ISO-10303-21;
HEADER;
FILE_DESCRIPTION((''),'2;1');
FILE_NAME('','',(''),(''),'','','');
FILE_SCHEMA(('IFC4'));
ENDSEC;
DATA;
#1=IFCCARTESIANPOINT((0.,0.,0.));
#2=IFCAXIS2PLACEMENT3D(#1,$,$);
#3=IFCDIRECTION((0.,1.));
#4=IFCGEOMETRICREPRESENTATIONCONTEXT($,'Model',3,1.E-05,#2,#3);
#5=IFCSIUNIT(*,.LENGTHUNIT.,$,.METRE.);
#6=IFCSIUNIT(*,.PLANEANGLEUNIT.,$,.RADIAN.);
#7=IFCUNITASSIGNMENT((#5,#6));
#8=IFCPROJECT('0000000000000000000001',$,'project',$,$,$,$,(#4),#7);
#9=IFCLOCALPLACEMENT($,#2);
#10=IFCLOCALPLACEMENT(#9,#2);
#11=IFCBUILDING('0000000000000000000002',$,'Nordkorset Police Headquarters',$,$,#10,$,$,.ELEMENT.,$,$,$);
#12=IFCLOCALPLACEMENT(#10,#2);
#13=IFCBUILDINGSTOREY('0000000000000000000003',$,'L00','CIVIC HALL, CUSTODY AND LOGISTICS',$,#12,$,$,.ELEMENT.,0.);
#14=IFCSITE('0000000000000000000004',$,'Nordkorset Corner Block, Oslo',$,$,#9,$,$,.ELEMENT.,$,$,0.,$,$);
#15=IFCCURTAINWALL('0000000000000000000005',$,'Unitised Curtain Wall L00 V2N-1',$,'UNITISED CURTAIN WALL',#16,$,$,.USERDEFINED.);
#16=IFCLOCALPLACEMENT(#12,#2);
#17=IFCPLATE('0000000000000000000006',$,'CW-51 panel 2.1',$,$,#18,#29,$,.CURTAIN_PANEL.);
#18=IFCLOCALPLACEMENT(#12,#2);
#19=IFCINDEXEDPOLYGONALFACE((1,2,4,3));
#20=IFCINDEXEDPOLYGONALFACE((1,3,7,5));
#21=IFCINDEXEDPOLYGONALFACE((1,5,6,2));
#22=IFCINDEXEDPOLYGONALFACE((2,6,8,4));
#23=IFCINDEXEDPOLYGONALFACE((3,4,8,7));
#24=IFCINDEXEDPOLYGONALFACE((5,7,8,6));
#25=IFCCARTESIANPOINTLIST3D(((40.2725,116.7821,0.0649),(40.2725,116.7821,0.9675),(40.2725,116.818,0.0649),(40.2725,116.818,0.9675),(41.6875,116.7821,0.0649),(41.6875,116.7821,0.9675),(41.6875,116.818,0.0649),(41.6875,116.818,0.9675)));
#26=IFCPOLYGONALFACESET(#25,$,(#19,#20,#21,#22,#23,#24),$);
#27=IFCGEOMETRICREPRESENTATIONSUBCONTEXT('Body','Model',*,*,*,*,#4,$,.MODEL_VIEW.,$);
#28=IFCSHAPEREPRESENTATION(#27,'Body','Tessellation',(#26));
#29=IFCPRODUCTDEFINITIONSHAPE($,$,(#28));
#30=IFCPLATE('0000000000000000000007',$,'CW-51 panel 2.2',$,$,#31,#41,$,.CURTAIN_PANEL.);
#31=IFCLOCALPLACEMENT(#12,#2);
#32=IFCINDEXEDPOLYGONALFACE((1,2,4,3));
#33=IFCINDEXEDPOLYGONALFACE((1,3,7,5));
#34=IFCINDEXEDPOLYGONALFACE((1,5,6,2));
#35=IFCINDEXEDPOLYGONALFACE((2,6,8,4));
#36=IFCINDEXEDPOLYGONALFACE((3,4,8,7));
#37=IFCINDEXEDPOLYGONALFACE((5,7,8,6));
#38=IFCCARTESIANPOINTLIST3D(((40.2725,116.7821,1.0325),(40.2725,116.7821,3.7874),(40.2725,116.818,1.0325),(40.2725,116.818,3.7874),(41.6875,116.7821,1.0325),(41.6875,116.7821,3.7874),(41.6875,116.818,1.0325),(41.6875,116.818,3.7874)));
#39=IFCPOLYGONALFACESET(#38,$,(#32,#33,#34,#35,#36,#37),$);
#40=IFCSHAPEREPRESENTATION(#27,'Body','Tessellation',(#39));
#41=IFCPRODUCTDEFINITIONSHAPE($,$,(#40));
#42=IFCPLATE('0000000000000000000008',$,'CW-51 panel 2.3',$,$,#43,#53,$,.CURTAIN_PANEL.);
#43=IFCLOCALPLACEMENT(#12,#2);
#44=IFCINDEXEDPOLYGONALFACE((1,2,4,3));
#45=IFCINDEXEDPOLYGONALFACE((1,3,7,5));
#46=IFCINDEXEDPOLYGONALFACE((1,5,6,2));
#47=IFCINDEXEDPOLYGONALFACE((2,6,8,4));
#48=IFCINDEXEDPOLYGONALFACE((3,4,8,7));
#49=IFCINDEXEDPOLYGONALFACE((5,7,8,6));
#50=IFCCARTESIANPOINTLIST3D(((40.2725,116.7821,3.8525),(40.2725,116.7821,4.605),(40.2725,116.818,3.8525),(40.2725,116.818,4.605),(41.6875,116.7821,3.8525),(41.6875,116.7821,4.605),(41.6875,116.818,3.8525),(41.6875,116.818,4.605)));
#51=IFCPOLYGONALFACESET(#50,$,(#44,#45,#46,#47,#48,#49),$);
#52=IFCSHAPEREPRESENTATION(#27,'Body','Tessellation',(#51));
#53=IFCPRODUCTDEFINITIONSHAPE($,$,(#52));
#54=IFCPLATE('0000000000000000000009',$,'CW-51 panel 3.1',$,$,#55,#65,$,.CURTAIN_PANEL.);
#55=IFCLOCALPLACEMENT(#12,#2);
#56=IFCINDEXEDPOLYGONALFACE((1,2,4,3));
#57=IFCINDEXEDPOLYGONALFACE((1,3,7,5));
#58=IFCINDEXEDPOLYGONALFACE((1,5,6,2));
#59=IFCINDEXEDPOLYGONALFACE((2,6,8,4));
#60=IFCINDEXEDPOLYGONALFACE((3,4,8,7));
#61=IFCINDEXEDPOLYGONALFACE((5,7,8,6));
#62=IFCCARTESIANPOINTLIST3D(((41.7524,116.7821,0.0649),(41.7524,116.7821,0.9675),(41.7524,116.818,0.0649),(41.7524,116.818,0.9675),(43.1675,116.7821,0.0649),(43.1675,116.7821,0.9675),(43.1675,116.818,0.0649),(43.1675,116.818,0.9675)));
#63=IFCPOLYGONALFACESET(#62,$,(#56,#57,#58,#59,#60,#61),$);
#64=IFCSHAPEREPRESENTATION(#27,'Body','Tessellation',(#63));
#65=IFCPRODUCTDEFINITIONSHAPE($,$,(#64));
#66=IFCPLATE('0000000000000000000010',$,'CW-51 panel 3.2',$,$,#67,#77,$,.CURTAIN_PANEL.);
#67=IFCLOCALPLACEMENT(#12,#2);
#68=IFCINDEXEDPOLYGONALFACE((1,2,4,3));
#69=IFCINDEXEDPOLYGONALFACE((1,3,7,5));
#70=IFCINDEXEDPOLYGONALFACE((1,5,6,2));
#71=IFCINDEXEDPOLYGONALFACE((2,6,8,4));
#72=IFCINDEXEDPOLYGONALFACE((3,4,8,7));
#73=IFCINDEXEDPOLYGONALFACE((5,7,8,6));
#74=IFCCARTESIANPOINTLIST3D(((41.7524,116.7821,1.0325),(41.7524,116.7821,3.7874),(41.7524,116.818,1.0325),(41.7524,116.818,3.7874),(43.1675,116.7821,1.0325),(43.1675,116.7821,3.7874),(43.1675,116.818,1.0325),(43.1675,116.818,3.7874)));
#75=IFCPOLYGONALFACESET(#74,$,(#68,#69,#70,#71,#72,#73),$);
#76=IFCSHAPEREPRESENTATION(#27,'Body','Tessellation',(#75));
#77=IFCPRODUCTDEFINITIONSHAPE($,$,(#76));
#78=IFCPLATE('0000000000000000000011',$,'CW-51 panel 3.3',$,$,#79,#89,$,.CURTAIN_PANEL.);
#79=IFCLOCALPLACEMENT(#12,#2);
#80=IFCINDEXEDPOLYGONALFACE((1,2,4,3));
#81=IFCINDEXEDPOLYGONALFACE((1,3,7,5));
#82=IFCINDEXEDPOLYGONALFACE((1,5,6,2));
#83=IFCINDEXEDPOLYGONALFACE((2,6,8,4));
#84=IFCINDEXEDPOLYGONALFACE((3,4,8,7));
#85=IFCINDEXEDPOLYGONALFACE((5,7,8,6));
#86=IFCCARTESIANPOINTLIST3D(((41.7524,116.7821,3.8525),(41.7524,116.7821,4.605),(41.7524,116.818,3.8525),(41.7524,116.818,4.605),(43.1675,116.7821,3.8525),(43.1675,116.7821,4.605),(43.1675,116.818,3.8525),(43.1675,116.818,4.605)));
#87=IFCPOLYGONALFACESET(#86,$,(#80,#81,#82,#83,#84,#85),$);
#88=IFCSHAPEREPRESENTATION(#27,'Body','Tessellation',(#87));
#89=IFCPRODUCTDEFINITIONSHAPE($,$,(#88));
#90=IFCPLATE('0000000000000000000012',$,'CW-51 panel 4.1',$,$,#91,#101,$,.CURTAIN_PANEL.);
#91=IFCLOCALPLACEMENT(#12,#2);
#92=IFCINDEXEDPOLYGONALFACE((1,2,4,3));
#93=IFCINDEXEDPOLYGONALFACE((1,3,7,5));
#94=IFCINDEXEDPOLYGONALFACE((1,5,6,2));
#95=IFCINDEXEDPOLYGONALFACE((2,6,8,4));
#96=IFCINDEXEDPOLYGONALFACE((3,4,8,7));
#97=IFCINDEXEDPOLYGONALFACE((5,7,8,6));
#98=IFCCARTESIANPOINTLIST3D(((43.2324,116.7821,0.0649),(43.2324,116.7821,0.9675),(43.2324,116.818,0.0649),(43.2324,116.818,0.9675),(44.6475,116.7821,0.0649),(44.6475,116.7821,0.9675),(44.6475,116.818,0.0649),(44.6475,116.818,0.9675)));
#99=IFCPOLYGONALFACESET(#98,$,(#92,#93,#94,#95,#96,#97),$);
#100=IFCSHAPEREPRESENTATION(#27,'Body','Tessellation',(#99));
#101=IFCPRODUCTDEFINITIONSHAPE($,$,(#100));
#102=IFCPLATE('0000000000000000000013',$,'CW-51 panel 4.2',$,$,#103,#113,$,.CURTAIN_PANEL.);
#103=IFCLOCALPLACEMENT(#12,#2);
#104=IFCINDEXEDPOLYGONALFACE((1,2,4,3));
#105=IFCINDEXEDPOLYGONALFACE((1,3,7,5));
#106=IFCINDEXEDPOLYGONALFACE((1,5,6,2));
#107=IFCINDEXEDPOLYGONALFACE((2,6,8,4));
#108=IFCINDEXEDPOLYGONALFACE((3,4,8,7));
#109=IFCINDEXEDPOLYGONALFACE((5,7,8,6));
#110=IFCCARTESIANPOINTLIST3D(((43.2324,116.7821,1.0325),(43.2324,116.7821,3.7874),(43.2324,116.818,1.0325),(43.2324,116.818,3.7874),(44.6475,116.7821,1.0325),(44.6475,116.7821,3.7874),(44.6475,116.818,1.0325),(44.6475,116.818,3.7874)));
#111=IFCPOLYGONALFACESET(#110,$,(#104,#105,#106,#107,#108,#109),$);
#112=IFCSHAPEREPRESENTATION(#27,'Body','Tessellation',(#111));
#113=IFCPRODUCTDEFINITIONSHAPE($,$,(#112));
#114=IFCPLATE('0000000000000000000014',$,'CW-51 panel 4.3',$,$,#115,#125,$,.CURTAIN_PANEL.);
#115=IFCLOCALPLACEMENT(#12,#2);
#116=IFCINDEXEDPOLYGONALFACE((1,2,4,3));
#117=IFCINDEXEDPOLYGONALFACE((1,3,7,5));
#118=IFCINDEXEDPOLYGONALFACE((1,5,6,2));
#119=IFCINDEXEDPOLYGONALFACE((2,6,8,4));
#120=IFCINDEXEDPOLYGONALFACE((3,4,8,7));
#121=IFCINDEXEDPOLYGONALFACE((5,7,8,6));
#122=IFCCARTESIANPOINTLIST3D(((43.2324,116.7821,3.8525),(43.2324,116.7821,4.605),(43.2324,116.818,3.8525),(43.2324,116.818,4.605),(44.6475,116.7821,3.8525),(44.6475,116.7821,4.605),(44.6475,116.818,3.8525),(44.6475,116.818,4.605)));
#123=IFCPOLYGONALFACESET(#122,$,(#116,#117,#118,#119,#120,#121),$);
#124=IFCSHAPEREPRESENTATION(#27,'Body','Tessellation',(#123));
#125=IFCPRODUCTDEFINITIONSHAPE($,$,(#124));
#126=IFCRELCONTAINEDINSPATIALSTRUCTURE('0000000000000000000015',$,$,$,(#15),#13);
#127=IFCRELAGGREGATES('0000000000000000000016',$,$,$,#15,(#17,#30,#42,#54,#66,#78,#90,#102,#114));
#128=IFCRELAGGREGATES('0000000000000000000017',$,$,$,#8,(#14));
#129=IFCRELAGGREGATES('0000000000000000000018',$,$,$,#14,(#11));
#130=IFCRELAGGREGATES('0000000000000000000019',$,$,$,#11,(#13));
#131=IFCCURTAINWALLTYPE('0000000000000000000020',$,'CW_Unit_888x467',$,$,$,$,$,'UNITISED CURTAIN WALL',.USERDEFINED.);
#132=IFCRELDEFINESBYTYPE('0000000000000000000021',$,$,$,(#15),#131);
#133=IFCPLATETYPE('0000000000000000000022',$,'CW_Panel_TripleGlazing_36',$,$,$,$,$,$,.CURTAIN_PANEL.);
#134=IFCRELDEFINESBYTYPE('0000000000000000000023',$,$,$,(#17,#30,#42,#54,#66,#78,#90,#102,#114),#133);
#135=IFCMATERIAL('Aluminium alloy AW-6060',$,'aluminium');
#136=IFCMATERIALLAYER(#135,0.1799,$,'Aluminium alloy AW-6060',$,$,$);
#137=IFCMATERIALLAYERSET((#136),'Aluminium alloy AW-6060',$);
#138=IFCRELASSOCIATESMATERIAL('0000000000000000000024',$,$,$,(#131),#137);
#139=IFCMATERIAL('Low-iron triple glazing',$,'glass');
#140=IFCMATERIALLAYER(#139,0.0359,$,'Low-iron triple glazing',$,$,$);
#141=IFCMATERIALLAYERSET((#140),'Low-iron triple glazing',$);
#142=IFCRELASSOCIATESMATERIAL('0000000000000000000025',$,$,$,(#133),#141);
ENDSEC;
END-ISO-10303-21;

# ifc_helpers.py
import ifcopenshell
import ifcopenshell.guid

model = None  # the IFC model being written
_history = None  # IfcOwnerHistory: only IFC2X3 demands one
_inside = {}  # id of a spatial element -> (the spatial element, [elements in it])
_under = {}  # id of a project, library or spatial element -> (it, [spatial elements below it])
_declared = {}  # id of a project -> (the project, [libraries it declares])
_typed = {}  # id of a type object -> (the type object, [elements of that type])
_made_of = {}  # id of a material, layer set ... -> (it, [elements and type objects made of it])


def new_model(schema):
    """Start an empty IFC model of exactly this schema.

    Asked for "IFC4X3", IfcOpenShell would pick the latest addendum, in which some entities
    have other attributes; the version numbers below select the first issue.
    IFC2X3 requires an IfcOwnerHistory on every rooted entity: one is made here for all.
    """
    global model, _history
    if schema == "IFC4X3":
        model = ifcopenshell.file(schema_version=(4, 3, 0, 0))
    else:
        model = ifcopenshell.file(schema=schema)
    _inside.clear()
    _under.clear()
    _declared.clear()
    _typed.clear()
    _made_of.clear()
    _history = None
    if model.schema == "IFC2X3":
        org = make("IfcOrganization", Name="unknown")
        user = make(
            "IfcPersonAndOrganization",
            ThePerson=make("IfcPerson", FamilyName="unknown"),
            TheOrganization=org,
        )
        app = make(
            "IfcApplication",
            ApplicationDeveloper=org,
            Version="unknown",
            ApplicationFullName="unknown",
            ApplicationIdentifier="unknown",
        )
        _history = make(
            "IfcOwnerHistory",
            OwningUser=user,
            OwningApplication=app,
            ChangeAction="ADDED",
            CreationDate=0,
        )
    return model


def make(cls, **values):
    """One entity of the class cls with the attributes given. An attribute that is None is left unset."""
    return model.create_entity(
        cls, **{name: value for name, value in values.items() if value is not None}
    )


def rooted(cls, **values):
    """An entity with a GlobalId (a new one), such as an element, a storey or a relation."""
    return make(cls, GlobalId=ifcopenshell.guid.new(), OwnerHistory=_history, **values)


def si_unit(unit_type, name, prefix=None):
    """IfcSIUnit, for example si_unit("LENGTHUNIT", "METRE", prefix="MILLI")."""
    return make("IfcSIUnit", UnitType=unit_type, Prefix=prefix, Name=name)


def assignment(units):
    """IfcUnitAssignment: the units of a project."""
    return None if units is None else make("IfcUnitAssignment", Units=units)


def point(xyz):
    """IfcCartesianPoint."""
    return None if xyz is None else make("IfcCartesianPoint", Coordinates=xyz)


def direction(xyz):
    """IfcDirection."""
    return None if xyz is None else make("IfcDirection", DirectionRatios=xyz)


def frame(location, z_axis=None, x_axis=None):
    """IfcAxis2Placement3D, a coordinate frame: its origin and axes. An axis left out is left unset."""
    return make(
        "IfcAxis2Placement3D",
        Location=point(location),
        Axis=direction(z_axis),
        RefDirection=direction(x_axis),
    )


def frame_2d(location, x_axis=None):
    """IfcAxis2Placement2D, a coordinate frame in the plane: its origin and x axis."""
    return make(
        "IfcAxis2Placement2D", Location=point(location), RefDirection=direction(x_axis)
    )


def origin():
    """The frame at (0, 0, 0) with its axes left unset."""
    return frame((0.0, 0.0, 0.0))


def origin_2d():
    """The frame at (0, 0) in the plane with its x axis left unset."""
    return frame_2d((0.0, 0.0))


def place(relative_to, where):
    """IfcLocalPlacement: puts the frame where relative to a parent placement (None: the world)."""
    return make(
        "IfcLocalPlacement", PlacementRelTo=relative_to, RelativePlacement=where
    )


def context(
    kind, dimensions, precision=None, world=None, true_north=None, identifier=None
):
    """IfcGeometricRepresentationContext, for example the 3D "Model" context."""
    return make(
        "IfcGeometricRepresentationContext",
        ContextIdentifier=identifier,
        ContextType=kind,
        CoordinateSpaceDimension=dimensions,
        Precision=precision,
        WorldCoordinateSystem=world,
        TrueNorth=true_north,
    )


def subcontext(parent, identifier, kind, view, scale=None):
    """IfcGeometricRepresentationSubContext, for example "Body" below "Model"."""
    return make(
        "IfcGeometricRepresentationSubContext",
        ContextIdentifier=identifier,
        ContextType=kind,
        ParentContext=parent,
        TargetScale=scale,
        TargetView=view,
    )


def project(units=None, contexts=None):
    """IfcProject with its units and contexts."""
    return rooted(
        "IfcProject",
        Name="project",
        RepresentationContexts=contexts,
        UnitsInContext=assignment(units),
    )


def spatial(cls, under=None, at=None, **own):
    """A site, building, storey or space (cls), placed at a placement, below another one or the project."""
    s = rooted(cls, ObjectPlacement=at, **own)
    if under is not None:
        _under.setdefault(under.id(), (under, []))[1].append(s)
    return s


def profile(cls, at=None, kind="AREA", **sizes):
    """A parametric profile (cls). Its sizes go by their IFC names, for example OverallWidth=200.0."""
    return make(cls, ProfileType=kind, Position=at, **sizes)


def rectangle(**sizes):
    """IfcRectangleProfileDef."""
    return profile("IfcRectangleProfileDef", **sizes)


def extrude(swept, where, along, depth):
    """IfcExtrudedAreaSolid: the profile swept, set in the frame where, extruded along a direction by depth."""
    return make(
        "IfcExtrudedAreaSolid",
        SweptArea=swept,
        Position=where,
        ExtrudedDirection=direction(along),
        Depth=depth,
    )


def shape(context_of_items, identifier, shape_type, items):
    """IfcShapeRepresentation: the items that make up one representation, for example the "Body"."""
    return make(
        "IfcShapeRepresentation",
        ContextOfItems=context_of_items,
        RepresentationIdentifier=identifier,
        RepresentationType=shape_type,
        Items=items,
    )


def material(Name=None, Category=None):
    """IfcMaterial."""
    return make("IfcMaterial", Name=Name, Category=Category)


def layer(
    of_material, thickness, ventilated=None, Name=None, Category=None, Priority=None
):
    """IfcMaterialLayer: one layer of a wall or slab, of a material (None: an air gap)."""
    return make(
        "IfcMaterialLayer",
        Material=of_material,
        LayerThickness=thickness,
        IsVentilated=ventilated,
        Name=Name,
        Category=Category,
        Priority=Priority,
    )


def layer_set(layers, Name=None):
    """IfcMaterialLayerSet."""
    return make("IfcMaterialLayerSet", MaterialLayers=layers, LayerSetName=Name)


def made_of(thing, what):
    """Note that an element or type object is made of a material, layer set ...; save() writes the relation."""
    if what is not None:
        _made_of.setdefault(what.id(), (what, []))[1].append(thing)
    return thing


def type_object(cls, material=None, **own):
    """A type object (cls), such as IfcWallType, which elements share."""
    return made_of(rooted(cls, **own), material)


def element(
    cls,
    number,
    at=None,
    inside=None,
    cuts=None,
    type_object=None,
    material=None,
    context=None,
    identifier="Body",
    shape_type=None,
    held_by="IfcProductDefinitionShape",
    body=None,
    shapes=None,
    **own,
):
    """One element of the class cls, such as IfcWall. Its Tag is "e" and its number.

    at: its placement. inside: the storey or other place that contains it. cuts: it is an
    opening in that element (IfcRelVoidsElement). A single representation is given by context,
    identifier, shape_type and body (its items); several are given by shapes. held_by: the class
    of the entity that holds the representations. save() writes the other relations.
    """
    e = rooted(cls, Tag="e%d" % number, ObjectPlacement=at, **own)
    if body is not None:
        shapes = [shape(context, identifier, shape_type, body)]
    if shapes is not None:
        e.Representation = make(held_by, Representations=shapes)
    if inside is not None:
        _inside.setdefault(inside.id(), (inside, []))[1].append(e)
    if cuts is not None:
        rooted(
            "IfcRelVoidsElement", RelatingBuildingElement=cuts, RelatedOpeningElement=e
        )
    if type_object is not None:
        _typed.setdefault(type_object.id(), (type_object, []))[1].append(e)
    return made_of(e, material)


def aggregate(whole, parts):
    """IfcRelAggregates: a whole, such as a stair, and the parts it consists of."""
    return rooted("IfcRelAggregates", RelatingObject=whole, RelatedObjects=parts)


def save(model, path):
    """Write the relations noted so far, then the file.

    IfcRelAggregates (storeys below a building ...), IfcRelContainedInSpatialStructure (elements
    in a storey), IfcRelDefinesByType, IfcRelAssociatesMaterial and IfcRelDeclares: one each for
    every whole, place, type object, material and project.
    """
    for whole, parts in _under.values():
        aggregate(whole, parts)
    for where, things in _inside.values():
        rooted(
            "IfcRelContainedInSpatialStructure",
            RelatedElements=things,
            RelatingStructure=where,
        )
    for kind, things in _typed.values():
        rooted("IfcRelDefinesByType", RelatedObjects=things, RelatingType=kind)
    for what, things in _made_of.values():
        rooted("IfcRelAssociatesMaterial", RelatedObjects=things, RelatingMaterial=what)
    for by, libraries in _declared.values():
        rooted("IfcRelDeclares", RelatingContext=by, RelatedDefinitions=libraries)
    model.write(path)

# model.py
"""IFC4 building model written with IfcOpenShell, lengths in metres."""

from ifc_helpers import new_model, si_unit, direction, frame, origin, origin_2d, place, context, subcontext, project, spatial, rectangle, extrude, material, layer, layer_set, type_object, element, aggregate, save


model = new_model("IFC4")

# Units and contexts
model_context = context("Model", 3, precision=1e-05, world=origin(), true_north=direction((0.0, 1.0)))
body_context = subcontext(model_context, "Body", "Model", "MODEL_VIEW")
ifc_project = project(units=[si_unit("LENGTHUNIT", "METRE"), si_unit("PLANEANGLEUNIT", "RADIAN")], contexts=[model_context])

# Site, building, storey
site_placement = place(None, origin())
site = spatial("IfcSite", under=ifc_project, at=site_placement, Name="Nordkorset Corner Block, Oslo", CompositionType="ELEMENT", RefElevation=0.0)
building_placement = place(site_placement, origin())
building = spatial("IfcBuilding", under=site, at=building_placement, Name="Nordkorset Police Headquarters", CompositionType="ELEMENT")
storey_placement = place(building_placement, origin())
storey = spatial("IfcBuildingStorey", under=building, at=storey_placement, Name="L00", Description="CIVIC HALL, CUSTODY AND LOGISTICS", CompositionType="ELEMENT", Elevation=0.0)

# Curtain wall, plates
ifc_material_1 = material(Name="Aluminium alloy AW-6060", Category="aluminium")
ifc_layer_1 = layer(ifc_material_1, 0.1799, Name="Aluminium alloy AW-6060")
ifc_layer_set_1 = layer_set([ifc_layer_1], Name="Aluminium alloy AW-6060")
curtain_wall_type = type_object("IfcCurtainWallType", Name="CW_Unit_888x467", ElementType="UNITISED CURTAIN WALL", PredefinedType="USERDEFINED", material=ifc_layer_set_1)
curtain_wall_placement = place(storey_placement, origin())
curtain_wall = element("IfcCurtainWall", 1, at=curtain_wall_placement, inside=storey, type_object=curtain_wall_type, Name="Unitised Curtain Wall L00 V2N-1", ObjectType="UNITISED CURTAIN WALL", PredefinedType="USERDEFINED")
ifc_material_2 = material(Name="Low-iron triple glazing", Category="glass")
ifc_layer_2 = layer(ifc_material_2, 0.0359, Name="Low-iron triple glazing")
ifc_layer_set_2 = layer_set([ifc_layer_2], Name="Low-iron triple glazing")
plate_type = type_object("IfcPlateType", Name="CW_Panel_TripleGlazing_36", PredefinedType="CURTAIN_PANEL", material=ifc_layer_set_2)
plate_1_placement = place(storey_placement, frame((40.98, 116.8, 0.0649), z_axis=(0.0, 0.0, 1.0), x_axis=(1.0, 0.0, 0.0)))
plate_1 = element("IfcPlate", 2, at=plate_1_placement, type_object=plate_type, Name="CW-51 panel 2.1", PredefinedType="CURTAIN_PANEL", context=body_context, shape_type="SweptSolid", body=[
    extrude(rectangle(XDim=1.415, YDim=0.0359, at=origin_2d()), origin(), (0.0, 0.0, 1.0), 0.9026),
])
plate_2_placement = place(storey_placement, frame((40.98, 116.8, 1.0325), z_axis=(0.0, 0.0, 1.0), x_axis=(1.0, 0.0, 0.0)))
plate_2 = element("IfcPlate", 3, at=plate_2_placement, type_object=plate_type, Name="CW-51 panel 2.2", PredefinedType="CURTAIN_PANEL", context=body_context, shape_type="SweptSolid", body=[
    extrude(rectangle(XDim=1.415, YDim=0.0359, at=origin_2d()), origin(), (0.0, 0.0, 1.0), 2.7549),
])
plate_3_placement = place(storey_placement, frame((40.98, 116.8, 3.8525), z_axis=(0.0, 0.0, 1.0), x_axis=(1.0, 0.0, 0.0)))
plate_3 = element("IfcPlate", 4, at=plate_3_placement, type_object=plate_type, Name="CW-51 panel 2.3", PredefinedType="CURTAIN_PANEL", context=body_context, shape_type="SweptSolid", body=[
    extrude(rectangle(XDim=1.415, YDim=0.0359, at=origin_2d()), origin(), (0.0, 0.0, 1.0), 0.7524),
])
plate_4_placement = place(storey_placement, frame((42.46, 116.8, 0.0649), z_axis=(0.0, 0.0, 1.0), x_axis=(1.0, 0.0, 0.0)))
plate_4 = element("IfcPlate", 5, at=plate_4_placement, type_object=plate_type, Name="CW-51 panel 3.1", PredefinedType="CURTAIN_PANEL", context=body_context, shape_type="SweptSolid", body=[
    extrude(rectangle(XDim=1.415, YDim=0.0359, at=origin_2d()), origin(), (0.0, 0.0, 1.0), 0.9026),
])
plate_5_placement = place(storey_placement, frame((42.46, 116.8, 1.0325), z_axis=(0.0, 0.0, 1.0), x_axis=(1.0, 0.0, 0.0)))
plate_5 = element("IfcPlate", 6, at=plate_5_placement, type_object=plate_type, Name="CW-51 panel 3.2", PredefinedType="CURTAIN_PANEL", context=body_context, shape_type="SweptSolid", body=[
    extrude(rectangle(XDim=1.415, YDim=0.0359, at=origin_2d()), origin(), (0.0, 0.0, 1.0), 2.7549),
])
plate_6_placement = place(storey_placement, frame((42.46, 116.8, 3.8525), z_axis=(0.0, 0.0, 1.0), x_axis=(1.0, 0.0, 0.0)))
plate_6 = element("IfcPlate", 7, at=plate_6_placement, type_object=plate_type, Name="CW-51 panel 3.3", PredefinedType="CURTAIN_PANEL", context=body_context, shape_type="SweptSolid", body=[
    extrude(rectangle(XDim=1.415, YDim=0.0359, at=origin_2d()), origin(), (0.0, 0.0, 1.0), 0.7524),
])
plate_7_placement = place(storey_placement, frame((43.9399, 116.8, 0.0649), z_axis=(0.0, 0.0, 1.0), x_axis=(1.0, 0.0, 0.0)))
plate_7 = element("IfcPlate", 8, at=plate_7_placement, type_object=plate_type, Name="CW-51 panel 4.1", PredefinedType="CURTAIN_PANEL", context=body_context, shape_type="SweptSolid", body=[
    extrude(rectangle(XDim=1.415, YDim=0.0359, at=origin_2d()), origin(), (0.0, 0.0, 1.0), 0.9026),
])
plate_8_placement = place(storey_placement, frame((43.9399, 116.8, 1.0325), z_axis=(0.0, 0.0, 1.0), x_axis=(1.0, 0.0, 0.0)))
plate_8 = element("IfcPlate", 9, at=plate_8_placement, type_object=plate_type, Name="CW-51 panel 4.2", PredefinedType="CURTAIN_PANEL", context=body_context, shape_type="SweptSolid", body=[
    extrude(rectangle(XDim=1.415, YDim=0.0359, at=origin_2d()), origin(), (0.0, 0.0, 1.0), 2.7549),
])
plate_9_placement = place(storey_placement, frame((43.9399, 116.8, 3.8525), z_axis=(0.0, 0.0, 1.0), x_axis=(1.0, 0.0, 0.0)))
plate_9 = element("IfcPlate", 10, at=plate_9_placement, type_object=plate_type, Name="CW-51 panel 4.3", PredefinedType="CURTAIN_PANEL", context=body_context, shape_type="SweptSolid", body=[
    extrude(rectangle(XDim=1.415, YDim=0.0359, at=origin_2d()), origin(), (0.0, 0.0, 1.0), 0.7524),
])
aggregate(curtain_wall, [plate_1, plate_2, plate_3, plate_4, plate_5, plate_6, plate_7, plate_8, plate_9])

save(model, "model.ifc")
